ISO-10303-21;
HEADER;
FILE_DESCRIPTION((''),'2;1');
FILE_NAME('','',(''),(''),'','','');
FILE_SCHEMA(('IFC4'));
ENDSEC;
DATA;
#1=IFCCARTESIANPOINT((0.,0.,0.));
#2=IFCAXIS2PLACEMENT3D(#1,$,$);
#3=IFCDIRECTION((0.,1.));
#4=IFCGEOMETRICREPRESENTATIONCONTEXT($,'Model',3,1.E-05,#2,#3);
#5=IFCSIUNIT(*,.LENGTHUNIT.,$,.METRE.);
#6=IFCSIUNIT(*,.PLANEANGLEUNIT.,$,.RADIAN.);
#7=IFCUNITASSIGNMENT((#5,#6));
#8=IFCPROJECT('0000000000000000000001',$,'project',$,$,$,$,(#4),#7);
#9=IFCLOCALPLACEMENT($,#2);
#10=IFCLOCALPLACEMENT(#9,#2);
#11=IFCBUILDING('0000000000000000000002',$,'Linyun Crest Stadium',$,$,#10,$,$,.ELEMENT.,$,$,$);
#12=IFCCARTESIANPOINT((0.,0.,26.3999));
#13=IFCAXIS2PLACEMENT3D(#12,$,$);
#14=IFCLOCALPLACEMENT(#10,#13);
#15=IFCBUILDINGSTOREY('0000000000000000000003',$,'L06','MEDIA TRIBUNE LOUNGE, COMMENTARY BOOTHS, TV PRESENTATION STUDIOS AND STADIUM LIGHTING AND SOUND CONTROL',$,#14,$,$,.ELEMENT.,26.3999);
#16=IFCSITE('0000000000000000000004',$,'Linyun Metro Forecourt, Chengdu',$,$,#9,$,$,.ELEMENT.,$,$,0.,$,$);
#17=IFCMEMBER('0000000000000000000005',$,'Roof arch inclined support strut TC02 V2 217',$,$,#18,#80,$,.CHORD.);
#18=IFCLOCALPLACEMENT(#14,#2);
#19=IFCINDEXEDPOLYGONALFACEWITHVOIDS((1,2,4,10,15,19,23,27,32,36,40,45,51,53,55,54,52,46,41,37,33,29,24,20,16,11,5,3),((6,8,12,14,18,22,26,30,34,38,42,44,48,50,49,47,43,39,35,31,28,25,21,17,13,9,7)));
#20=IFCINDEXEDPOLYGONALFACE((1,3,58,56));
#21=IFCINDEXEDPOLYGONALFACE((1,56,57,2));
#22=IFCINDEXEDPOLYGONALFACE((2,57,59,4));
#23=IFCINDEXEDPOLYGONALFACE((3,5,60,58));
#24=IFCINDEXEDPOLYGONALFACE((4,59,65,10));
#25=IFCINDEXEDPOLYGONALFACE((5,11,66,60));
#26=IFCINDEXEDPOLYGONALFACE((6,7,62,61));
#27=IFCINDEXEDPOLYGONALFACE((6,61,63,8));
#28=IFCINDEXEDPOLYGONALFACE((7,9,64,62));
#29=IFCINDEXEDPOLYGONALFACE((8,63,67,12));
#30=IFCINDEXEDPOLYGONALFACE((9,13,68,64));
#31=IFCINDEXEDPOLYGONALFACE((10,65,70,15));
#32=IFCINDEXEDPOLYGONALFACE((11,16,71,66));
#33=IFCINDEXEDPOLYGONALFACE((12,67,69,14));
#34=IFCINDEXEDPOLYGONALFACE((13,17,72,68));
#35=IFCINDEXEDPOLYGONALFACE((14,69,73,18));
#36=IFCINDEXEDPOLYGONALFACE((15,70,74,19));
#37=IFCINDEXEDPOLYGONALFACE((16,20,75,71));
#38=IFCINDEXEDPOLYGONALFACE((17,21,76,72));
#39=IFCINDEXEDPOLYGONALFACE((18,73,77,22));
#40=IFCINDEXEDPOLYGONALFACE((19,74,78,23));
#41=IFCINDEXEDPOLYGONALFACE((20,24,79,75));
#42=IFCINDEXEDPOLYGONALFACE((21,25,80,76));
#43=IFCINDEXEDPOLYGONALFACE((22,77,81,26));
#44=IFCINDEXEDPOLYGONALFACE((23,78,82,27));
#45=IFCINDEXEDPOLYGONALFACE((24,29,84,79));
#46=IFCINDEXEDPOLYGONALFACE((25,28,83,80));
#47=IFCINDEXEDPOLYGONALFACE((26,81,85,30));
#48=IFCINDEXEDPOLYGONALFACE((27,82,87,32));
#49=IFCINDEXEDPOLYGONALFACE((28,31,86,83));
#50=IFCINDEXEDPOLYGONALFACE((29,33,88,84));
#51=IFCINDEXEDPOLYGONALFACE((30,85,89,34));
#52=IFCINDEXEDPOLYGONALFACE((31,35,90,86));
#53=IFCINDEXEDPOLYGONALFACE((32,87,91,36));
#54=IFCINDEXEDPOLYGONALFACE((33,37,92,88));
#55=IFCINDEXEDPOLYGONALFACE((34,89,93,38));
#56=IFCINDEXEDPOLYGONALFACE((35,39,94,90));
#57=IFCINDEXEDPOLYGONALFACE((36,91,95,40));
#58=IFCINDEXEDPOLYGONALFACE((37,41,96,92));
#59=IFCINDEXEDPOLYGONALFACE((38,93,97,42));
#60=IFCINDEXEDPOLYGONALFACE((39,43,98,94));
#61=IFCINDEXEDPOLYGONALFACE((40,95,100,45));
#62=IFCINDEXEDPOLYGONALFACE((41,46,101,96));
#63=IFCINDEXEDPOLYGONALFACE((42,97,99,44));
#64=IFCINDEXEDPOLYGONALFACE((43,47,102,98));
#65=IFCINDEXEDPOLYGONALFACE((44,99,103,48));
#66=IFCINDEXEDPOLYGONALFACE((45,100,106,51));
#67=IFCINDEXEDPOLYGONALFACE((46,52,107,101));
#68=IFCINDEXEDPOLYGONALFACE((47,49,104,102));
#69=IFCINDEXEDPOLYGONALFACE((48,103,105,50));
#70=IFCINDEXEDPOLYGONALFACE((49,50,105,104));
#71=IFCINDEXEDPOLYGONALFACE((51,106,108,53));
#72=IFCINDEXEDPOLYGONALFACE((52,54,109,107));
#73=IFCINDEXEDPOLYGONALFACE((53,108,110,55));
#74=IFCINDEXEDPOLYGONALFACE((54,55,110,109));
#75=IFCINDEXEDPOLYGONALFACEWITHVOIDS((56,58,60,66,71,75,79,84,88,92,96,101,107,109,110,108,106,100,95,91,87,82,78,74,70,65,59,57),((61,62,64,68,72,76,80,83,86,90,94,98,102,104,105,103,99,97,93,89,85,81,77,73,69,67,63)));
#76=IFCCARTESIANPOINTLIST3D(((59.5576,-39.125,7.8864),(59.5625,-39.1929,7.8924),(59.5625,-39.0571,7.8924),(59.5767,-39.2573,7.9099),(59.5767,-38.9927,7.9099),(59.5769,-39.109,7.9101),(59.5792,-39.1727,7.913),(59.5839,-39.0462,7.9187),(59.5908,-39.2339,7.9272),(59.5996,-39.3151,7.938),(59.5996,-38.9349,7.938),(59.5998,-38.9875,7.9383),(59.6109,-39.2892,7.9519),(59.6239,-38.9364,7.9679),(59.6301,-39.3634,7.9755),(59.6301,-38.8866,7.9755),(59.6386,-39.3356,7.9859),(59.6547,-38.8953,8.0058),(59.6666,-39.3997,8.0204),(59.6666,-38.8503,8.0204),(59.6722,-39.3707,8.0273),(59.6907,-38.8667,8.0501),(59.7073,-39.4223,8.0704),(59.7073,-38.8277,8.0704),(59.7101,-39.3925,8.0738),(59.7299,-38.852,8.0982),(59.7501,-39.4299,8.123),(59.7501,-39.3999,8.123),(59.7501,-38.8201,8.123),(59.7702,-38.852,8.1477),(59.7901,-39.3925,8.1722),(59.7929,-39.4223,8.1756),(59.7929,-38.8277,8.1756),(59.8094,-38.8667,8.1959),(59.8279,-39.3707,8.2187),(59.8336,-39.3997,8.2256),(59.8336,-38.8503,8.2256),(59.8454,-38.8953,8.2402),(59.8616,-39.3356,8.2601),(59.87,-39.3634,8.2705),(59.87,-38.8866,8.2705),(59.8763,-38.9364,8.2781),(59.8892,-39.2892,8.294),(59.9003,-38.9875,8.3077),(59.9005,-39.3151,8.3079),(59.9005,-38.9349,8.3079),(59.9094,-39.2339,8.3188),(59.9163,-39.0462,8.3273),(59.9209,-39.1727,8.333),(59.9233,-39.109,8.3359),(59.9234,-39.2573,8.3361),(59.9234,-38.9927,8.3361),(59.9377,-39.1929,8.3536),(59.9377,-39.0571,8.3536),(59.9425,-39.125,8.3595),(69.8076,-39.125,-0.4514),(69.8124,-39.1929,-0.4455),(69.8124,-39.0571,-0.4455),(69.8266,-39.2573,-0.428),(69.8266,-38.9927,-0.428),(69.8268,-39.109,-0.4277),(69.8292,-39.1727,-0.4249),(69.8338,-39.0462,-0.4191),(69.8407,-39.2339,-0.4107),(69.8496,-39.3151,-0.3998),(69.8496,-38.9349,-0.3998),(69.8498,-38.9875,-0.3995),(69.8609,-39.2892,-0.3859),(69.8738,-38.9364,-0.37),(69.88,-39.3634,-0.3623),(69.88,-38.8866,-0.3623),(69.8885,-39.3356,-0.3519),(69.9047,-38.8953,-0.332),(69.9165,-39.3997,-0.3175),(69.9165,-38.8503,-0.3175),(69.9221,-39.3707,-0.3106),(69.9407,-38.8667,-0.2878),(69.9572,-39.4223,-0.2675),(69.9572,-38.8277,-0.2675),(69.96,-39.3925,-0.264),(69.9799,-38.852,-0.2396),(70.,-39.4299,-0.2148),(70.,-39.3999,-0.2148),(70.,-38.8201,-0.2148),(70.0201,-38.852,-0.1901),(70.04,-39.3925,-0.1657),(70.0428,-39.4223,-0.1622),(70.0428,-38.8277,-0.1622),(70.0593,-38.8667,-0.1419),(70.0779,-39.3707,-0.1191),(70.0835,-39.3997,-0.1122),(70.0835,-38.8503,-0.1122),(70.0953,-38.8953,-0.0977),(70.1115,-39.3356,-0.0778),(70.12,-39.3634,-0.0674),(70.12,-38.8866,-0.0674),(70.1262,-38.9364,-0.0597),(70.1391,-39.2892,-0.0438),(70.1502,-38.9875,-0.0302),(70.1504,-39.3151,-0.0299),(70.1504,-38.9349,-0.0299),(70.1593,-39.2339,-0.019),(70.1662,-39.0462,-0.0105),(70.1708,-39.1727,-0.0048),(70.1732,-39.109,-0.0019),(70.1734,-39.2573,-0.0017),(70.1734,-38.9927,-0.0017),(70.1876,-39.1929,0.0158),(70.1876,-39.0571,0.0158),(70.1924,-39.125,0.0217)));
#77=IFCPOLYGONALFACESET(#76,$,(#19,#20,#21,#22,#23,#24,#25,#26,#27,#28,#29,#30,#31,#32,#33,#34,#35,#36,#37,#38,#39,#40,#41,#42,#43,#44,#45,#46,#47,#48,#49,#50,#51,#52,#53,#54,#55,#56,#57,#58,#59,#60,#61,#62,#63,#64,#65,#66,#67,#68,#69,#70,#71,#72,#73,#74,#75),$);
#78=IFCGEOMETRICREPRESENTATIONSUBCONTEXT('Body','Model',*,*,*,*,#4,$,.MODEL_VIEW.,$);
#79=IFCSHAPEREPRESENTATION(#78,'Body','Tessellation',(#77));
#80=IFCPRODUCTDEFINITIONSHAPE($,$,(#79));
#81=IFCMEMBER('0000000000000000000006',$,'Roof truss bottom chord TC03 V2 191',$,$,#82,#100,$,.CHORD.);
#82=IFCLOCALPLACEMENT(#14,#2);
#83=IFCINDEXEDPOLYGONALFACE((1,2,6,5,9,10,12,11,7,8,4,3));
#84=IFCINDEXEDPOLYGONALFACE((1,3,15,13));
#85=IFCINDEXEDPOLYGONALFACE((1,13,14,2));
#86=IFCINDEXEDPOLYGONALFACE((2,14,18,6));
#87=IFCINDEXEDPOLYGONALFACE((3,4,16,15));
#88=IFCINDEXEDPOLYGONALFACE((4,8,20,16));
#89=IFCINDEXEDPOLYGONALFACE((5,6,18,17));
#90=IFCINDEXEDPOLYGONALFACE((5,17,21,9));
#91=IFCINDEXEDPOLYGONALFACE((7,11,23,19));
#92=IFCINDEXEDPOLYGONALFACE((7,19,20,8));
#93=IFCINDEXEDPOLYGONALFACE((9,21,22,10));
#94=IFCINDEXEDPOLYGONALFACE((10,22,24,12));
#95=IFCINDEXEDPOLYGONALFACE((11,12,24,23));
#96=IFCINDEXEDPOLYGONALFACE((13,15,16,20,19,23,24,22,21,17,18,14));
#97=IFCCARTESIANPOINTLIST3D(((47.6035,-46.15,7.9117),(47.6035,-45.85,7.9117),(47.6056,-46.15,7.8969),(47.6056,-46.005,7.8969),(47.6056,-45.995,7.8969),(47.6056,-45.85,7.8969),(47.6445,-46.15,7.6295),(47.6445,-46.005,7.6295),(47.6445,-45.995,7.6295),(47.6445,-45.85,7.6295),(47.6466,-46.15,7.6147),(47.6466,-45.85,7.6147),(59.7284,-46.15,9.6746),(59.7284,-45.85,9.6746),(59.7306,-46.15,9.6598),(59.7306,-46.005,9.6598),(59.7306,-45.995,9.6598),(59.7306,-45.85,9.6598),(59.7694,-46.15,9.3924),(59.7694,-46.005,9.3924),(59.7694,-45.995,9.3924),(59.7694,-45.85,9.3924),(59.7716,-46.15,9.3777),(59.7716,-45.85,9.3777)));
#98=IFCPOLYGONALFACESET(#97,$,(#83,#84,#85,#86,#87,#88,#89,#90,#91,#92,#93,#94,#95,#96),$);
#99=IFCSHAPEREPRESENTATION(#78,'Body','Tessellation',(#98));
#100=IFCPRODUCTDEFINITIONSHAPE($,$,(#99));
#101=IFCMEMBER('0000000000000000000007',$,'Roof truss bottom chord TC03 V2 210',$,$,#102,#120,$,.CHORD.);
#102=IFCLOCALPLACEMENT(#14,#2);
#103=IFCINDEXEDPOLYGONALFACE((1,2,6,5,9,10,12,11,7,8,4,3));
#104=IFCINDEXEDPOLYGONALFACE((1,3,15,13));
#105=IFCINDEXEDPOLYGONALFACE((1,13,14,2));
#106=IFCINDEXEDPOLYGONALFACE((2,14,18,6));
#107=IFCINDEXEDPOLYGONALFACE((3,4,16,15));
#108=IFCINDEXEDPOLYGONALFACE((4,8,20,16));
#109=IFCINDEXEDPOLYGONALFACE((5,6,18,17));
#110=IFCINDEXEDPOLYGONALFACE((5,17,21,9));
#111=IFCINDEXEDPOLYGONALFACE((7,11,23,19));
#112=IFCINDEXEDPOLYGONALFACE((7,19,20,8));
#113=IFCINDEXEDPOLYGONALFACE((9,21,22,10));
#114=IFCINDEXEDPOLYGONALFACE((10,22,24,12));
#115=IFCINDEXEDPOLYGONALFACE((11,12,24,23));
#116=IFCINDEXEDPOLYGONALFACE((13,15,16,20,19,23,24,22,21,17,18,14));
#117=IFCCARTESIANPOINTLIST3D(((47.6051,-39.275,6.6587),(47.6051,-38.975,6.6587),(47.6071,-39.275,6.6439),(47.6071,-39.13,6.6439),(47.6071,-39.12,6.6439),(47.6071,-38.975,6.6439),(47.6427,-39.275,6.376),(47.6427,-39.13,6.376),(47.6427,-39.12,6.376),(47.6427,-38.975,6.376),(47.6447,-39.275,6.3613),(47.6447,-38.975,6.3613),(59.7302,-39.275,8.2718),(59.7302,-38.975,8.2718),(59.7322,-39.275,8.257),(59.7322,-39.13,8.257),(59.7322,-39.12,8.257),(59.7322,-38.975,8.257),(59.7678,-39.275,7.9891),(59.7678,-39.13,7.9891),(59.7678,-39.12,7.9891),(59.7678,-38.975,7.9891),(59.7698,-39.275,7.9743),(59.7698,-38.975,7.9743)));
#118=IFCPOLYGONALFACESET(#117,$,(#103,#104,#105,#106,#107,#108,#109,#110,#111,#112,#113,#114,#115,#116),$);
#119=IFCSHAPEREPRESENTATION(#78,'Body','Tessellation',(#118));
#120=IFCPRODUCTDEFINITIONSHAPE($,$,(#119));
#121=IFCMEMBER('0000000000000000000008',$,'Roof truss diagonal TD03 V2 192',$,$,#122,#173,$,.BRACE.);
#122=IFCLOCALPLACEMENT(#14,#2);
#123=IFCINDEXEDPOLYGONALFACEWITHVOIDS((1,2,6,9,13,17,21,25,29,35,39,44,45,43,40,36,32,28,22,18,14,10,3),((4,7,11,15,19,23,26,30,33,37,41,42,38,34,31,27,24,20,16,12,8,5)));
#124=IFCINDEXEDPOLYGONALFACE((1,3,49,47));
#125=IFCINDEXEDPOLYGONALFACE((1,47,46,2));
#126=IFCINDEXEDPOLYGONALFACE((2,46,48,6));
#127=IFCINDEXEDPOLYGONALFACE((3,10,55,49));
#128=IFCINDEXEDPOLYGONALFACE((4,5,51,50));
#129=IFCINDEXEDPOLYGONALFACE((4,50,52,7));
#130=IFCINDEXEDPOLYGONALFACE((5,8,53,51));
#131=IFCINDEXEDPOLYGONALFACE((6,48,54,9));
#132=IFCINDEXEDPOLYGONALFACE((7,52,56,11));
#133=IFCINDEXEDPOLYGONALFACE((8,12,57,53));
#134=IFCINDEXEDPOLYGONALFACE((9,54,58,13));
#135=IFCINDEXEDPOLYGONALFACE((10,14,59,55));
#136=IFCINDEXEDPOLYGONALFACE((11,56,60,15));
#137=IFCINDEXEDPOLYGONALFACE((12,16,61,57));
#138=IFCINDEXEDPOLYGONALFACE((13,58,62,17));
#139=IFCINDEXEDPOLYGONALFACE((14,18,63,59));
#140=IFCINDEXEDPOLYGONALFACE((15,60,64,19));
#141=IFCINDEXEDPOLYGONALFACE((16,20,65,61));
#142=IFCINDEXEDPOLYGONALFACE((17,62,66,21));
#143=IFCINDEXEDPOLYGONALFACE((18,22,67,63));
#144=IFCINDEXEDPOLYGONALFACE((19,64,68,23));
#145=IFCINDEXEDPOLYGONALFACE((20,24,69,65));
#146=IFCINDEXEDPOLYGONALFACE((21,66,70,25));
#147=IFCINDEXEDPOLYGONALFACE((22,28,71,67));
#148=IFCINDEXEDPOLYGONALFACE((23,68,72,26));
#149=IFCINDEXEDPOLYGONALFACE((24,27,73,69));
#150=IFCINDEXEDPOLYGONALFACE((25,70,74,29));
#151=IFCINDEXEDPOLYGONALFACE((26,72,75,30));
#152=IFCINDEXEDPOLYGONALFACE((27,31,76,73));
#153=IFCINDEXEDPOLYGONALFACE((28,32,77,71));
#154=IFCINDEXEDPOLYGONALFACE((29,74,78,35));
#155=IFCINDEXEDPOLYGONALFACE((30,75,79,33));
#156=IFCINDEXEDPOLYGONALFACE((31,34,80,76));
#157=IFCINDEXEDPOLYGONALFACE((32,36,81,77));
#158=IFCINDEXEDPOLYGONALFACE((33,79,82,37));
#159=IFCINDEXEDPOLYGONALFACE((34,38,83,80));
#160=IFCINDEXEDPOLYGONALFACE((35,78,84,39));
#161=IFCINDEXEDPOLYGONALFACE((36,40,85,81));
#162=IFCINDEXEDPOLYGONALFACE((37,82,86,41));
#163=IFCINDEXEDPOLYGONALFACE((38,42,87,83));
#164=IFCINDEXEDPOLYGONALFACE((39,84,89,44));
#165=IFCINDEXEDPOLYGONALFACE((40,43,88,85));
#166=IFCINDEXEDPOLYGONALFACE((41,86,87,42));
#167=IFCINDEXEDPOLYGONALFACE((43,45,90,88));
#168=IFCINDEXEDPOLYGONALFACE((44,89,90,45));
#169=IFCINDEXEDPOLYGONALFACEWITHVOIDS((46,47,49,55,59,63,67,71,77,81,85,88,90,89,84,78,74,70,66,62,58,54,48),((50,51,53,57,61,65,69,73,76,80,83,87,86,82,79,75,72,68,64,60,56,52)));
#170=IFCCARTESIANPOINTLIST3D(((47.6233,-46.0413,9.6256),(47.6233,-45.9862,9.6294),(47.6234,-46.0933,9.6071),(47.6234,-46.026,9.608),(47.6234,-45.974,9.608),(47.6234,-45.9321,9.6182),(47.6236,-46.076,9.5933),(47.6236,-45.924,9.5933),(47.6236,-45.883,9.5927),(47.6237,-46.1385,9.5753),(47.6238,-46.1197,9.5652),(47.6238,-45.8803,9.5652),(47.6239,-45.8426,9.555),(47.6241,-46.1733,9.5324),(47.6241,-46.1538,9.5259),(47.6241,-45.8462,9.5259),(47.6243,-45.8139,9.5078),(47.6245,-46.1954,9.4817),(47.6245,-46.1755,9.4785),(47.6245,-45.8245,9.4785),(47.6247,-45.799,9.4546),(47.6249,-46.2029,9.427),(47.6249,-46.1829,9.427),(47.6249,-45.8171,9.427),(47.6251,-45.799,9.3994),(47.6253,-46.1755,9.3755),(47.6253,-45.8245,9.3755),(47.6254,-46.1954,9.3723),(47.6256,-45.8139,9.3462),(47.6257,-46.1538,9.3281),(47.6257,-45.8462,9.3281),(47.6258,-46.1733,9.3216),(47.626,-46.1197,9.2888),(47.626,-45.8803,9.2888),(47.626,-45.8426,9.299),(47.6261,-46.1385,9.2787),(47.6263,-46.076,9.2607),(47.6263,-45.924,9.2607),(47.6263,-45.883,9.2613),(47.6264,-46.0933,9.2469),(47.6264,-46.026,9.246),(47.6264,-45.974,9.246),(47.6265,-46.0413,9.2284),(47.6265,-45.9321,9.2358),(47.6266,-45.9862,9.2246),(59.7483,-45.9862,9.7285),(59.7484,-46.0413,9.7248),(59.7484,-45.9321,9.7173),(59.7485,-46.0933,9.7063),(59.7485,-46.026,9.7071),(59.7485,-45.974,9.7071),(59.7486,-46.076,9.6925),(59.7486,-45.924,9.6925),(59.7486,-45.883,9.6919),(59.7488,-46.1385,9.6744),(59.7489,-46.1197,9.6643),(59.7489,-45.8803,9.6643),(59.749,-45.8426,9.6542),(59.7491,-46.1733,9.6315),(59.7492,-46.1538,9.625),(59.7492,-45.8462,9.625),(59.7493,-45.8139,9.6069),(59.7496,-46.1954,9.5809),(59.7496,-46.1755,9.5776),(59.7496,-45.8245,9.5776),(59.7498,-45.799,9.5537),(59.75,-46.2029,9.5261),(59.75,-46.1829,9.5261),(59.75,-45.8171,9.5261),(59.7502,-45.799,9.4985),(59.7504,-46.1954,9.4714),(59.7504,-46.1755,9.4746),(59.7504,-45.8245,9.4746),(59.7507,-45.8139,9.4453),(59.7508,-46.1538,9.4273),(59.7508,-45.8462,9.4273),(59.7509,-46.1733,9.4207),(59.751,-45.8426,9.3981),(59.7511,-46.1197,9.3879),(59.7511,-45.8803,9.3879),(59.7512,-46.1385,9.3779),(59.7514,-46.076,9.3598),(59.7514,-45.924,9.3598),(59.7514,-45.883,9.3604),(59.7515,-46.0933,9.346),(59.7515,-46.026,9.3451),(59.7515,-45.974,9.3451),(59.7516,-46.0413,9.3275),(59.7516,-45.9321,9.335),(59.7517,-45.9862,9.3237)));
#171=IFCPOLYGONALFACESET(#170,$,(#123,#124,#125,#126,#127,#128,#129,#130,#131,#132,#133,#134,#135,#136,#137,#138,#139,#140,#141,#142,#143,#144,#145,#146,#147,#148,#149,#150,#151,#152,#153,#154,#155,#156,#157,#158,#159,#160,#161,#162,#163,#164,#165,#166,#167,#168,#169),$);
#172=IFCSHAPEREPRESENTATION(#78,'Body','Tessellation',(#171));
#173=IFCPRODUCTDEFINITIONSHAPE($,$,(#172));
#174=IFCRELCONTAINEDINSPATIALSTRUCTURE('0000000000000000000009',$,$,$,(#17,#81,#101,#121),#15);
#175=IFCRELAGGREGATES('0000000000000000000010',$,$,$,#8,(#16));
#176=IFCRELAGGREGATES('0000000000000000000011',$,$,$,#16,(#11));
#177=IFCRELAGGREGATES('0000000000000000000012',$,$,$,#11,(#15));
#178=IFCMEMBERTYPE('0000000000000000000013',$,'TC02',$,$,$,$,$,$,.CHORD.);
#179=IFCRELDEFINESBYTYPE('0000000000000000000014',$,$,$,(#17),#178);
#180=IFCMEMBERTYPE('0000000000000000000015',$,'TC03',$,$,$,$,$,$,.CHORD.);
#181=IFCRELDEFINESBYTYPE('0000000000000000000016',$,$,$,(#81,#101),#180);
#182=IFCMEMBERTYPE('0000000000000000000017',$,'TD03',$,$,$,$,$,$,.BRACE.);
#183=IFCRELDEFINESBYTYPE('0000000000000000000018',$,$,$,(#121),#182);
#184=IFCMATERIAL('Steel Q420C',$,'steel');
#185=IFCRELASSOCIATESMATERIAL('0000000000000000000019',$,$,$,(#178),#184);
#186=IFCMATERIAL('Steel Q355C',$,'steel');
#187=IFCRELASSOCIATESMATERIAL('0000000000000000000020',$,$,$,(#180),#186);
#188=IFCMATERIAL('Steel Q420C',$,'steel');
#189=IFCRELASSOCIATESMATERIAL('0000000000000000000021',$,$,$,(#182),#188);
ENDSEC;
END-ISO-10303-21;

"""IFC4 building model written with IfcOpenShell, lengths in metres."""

from ifc_helpers import new_model, si_unit, direction, frame, origin, origin_2d, place, context, subcontext, project, spatial, hollow_circle, i_section, extrude, material, material_profile, profile_set, type_object, element, save


model = new_model("IFC4")

# Units and contexts
model_context = context("Model", 3, precision=1e-05, world=origin(), true_north=direction((0.0, 1.0)))
body_context = subcontext(model_context, "Body", "Model", "MODEL_VIEW")
ifc_project = project(units=[si_unit("LENGTHUNIT", "METRE"), si_unit("PLANEANGLEUNIT", "RADIAN")], contexts=[model_context])

# Site, building, storey
site_placement = place(None, origin())
site = spatial("IfcSite", under=ifc_project, at=site_placement, Name="Linyun Metro Forecourt, Chengdu", CompositionType="ELEMENT", RefElevation=0.0)
building_placement = place(site_placement, origin())
building = spatial("IfcBuilding", under=site, at=building_placement, Name="Linyun Crest Stadium", CompositionType="ELEMENT")
storey_placement = place(building_placement, frame((0.0, 0.0, 26.3999)))
storey = spatial("IfcBuildingStorey", under=building, at=storey_placement, Name="L06", Description="MEDIA TRIBUNE LOUNGE, COMMENTARY BOOTHS, TV PRESENTATION STUDIOS AND STADIUM LIGHTING AND SOUND CONTROL", CompositionType="ELEMENT", Elevation=26.3999)

# Members
ifc_material_1 = material(Name="Steel Q420C", Category="steel")
ifc_material_profile_1 = material_profile(ifc_material_1, hollow_circle(Radius=0.3049, WallThickness=0.03, at=origin_2d()), Name="CHS 610x30")
ifc_profile_set_1 = profile_set([ifc_material_profile_1], Name="Steel Q420C")
member_type_1 = type_object("IfcMemberType", Name="TC02", PredefinedType="CHORD", material=ifc_profile_set_1)
member_1_placement = place(storey_placement, frame((70.0, -39.125, -0.2148), z_axis=(-0.775752, 0.0, 0.631038), x_axis=(0.0, -1.0, 0.0)))
element("IfcMember", 1, at=member_1_placement, inside=storey, type_object=member_type_1, Name="Roof arch inclined support strut TC02 V2 217", PredefinedType="CHORD", context=body_context, shape_type="SweptSolid", body=[
    extrude(hollow_circle(Radius=0.3049, WallThickness=0.03, at=origin_2d()), origin(), (0.0, 0.0, 1.0), 13.2129),
])
ifc_material_2 = material(Name="Steel Q355C", Category="steel")
ifc_material_profile_2 = material_profile(ifc_material_2, i_section(OverallWidth=0.3, OverallDepth=0.3, WebThickness=0.01, FlangeThickness=0.0149, at=origin_2d()), Name="HW 300x300")
ifc_profile_set_2 = profile_set([ifc_material_profile_2], Name="Steel Q355C")
member_type_2 = type_object("IfcMemberType", Name="TC03", PredefinedType="CHORD", material=ifc_profile_set_2)
member_2_placement = place(storey_placement, frame((59.75, -46.0, 9.5261), z_axis=(-0.989595, 0.0, -0.143884), x_axis=(0.0, -1.0, 0.0)))
element("IfcMember", 2, at=member_2_placement, inside=storey, type_object=member_type_2, Name="Roof truss bottom chord TC03 V2 191", PredefinedType="CHORD", context=body_context, shape_type="SweptSolid", body=[
    extrude(i_section(OverallWidth=0.3, OverallDepth=0.3, WebThickness=0.01, FlangeThickness=0.0149, at=origin_2d()), origin(), (0.0, 0.0, 1.0), 12.2524),
])
member_3_placement = place(storey_placement, frame((59.75, -39.125, 8.123), z_axis=(-0.991267, 0.0, -0.131872), x_axis=(0.0, -1.0, 0.0)))
element("IfcMember", 3, at=member_3_placement, inside=storey, type_object=member_type_2, Name="Roof truss bottom chord TC03 V2 210", PredefinedType="CHORD", context=body_context, shape_type="SweptSolid", body=[
    extrude(i_section(OverallWidth=0.3, OverallDepth=0.3, WebThickness=0.01, FlangeThickness=0.0149, at=origin_2d()), origin(), (0.0, 0.0, 1.0), 12.2319),
])
ifc_material_3 = material(Name="Steel Q420C", Category="steel")
ifc_material_profile_3 = material_profile(ifc_material_3, hollow_circle(Radius=0.2029, WallThickness=0.02, at=origin_2d()), Name="CHS 406x20")
ifc_profile_set_3 = profile_set([ifc_material_profile_3], Name="Steel Q420C")
member_type_3 = type_object("IfcMemberType", Name="TD03", PredefinedType="BRACE", material=ifc_profile_set_3)
member_4_placement = place(storey_placement, frame((59.75, -46.0, 9.5261), z_axis=(-0.999967, 0.0, -0.008175), x_axis=(0.0, -1.0, 0.0)))
element("IfcMember", 4, at=member_4_placement, inside=storey, type_object=member_type_3, Name="Roof truss diagonal TD03 V2 192", PredefinedType="BRACE", context=body_context, shape_type="SweptSolid", body=[
    extrude(hollow_circle(Radius=0.2029, WallThickness=0.02, at=origin_2d()), origin(), (0.0, 0.0, 1.0), 12.1255),
])

save(model, "model.ifc")
